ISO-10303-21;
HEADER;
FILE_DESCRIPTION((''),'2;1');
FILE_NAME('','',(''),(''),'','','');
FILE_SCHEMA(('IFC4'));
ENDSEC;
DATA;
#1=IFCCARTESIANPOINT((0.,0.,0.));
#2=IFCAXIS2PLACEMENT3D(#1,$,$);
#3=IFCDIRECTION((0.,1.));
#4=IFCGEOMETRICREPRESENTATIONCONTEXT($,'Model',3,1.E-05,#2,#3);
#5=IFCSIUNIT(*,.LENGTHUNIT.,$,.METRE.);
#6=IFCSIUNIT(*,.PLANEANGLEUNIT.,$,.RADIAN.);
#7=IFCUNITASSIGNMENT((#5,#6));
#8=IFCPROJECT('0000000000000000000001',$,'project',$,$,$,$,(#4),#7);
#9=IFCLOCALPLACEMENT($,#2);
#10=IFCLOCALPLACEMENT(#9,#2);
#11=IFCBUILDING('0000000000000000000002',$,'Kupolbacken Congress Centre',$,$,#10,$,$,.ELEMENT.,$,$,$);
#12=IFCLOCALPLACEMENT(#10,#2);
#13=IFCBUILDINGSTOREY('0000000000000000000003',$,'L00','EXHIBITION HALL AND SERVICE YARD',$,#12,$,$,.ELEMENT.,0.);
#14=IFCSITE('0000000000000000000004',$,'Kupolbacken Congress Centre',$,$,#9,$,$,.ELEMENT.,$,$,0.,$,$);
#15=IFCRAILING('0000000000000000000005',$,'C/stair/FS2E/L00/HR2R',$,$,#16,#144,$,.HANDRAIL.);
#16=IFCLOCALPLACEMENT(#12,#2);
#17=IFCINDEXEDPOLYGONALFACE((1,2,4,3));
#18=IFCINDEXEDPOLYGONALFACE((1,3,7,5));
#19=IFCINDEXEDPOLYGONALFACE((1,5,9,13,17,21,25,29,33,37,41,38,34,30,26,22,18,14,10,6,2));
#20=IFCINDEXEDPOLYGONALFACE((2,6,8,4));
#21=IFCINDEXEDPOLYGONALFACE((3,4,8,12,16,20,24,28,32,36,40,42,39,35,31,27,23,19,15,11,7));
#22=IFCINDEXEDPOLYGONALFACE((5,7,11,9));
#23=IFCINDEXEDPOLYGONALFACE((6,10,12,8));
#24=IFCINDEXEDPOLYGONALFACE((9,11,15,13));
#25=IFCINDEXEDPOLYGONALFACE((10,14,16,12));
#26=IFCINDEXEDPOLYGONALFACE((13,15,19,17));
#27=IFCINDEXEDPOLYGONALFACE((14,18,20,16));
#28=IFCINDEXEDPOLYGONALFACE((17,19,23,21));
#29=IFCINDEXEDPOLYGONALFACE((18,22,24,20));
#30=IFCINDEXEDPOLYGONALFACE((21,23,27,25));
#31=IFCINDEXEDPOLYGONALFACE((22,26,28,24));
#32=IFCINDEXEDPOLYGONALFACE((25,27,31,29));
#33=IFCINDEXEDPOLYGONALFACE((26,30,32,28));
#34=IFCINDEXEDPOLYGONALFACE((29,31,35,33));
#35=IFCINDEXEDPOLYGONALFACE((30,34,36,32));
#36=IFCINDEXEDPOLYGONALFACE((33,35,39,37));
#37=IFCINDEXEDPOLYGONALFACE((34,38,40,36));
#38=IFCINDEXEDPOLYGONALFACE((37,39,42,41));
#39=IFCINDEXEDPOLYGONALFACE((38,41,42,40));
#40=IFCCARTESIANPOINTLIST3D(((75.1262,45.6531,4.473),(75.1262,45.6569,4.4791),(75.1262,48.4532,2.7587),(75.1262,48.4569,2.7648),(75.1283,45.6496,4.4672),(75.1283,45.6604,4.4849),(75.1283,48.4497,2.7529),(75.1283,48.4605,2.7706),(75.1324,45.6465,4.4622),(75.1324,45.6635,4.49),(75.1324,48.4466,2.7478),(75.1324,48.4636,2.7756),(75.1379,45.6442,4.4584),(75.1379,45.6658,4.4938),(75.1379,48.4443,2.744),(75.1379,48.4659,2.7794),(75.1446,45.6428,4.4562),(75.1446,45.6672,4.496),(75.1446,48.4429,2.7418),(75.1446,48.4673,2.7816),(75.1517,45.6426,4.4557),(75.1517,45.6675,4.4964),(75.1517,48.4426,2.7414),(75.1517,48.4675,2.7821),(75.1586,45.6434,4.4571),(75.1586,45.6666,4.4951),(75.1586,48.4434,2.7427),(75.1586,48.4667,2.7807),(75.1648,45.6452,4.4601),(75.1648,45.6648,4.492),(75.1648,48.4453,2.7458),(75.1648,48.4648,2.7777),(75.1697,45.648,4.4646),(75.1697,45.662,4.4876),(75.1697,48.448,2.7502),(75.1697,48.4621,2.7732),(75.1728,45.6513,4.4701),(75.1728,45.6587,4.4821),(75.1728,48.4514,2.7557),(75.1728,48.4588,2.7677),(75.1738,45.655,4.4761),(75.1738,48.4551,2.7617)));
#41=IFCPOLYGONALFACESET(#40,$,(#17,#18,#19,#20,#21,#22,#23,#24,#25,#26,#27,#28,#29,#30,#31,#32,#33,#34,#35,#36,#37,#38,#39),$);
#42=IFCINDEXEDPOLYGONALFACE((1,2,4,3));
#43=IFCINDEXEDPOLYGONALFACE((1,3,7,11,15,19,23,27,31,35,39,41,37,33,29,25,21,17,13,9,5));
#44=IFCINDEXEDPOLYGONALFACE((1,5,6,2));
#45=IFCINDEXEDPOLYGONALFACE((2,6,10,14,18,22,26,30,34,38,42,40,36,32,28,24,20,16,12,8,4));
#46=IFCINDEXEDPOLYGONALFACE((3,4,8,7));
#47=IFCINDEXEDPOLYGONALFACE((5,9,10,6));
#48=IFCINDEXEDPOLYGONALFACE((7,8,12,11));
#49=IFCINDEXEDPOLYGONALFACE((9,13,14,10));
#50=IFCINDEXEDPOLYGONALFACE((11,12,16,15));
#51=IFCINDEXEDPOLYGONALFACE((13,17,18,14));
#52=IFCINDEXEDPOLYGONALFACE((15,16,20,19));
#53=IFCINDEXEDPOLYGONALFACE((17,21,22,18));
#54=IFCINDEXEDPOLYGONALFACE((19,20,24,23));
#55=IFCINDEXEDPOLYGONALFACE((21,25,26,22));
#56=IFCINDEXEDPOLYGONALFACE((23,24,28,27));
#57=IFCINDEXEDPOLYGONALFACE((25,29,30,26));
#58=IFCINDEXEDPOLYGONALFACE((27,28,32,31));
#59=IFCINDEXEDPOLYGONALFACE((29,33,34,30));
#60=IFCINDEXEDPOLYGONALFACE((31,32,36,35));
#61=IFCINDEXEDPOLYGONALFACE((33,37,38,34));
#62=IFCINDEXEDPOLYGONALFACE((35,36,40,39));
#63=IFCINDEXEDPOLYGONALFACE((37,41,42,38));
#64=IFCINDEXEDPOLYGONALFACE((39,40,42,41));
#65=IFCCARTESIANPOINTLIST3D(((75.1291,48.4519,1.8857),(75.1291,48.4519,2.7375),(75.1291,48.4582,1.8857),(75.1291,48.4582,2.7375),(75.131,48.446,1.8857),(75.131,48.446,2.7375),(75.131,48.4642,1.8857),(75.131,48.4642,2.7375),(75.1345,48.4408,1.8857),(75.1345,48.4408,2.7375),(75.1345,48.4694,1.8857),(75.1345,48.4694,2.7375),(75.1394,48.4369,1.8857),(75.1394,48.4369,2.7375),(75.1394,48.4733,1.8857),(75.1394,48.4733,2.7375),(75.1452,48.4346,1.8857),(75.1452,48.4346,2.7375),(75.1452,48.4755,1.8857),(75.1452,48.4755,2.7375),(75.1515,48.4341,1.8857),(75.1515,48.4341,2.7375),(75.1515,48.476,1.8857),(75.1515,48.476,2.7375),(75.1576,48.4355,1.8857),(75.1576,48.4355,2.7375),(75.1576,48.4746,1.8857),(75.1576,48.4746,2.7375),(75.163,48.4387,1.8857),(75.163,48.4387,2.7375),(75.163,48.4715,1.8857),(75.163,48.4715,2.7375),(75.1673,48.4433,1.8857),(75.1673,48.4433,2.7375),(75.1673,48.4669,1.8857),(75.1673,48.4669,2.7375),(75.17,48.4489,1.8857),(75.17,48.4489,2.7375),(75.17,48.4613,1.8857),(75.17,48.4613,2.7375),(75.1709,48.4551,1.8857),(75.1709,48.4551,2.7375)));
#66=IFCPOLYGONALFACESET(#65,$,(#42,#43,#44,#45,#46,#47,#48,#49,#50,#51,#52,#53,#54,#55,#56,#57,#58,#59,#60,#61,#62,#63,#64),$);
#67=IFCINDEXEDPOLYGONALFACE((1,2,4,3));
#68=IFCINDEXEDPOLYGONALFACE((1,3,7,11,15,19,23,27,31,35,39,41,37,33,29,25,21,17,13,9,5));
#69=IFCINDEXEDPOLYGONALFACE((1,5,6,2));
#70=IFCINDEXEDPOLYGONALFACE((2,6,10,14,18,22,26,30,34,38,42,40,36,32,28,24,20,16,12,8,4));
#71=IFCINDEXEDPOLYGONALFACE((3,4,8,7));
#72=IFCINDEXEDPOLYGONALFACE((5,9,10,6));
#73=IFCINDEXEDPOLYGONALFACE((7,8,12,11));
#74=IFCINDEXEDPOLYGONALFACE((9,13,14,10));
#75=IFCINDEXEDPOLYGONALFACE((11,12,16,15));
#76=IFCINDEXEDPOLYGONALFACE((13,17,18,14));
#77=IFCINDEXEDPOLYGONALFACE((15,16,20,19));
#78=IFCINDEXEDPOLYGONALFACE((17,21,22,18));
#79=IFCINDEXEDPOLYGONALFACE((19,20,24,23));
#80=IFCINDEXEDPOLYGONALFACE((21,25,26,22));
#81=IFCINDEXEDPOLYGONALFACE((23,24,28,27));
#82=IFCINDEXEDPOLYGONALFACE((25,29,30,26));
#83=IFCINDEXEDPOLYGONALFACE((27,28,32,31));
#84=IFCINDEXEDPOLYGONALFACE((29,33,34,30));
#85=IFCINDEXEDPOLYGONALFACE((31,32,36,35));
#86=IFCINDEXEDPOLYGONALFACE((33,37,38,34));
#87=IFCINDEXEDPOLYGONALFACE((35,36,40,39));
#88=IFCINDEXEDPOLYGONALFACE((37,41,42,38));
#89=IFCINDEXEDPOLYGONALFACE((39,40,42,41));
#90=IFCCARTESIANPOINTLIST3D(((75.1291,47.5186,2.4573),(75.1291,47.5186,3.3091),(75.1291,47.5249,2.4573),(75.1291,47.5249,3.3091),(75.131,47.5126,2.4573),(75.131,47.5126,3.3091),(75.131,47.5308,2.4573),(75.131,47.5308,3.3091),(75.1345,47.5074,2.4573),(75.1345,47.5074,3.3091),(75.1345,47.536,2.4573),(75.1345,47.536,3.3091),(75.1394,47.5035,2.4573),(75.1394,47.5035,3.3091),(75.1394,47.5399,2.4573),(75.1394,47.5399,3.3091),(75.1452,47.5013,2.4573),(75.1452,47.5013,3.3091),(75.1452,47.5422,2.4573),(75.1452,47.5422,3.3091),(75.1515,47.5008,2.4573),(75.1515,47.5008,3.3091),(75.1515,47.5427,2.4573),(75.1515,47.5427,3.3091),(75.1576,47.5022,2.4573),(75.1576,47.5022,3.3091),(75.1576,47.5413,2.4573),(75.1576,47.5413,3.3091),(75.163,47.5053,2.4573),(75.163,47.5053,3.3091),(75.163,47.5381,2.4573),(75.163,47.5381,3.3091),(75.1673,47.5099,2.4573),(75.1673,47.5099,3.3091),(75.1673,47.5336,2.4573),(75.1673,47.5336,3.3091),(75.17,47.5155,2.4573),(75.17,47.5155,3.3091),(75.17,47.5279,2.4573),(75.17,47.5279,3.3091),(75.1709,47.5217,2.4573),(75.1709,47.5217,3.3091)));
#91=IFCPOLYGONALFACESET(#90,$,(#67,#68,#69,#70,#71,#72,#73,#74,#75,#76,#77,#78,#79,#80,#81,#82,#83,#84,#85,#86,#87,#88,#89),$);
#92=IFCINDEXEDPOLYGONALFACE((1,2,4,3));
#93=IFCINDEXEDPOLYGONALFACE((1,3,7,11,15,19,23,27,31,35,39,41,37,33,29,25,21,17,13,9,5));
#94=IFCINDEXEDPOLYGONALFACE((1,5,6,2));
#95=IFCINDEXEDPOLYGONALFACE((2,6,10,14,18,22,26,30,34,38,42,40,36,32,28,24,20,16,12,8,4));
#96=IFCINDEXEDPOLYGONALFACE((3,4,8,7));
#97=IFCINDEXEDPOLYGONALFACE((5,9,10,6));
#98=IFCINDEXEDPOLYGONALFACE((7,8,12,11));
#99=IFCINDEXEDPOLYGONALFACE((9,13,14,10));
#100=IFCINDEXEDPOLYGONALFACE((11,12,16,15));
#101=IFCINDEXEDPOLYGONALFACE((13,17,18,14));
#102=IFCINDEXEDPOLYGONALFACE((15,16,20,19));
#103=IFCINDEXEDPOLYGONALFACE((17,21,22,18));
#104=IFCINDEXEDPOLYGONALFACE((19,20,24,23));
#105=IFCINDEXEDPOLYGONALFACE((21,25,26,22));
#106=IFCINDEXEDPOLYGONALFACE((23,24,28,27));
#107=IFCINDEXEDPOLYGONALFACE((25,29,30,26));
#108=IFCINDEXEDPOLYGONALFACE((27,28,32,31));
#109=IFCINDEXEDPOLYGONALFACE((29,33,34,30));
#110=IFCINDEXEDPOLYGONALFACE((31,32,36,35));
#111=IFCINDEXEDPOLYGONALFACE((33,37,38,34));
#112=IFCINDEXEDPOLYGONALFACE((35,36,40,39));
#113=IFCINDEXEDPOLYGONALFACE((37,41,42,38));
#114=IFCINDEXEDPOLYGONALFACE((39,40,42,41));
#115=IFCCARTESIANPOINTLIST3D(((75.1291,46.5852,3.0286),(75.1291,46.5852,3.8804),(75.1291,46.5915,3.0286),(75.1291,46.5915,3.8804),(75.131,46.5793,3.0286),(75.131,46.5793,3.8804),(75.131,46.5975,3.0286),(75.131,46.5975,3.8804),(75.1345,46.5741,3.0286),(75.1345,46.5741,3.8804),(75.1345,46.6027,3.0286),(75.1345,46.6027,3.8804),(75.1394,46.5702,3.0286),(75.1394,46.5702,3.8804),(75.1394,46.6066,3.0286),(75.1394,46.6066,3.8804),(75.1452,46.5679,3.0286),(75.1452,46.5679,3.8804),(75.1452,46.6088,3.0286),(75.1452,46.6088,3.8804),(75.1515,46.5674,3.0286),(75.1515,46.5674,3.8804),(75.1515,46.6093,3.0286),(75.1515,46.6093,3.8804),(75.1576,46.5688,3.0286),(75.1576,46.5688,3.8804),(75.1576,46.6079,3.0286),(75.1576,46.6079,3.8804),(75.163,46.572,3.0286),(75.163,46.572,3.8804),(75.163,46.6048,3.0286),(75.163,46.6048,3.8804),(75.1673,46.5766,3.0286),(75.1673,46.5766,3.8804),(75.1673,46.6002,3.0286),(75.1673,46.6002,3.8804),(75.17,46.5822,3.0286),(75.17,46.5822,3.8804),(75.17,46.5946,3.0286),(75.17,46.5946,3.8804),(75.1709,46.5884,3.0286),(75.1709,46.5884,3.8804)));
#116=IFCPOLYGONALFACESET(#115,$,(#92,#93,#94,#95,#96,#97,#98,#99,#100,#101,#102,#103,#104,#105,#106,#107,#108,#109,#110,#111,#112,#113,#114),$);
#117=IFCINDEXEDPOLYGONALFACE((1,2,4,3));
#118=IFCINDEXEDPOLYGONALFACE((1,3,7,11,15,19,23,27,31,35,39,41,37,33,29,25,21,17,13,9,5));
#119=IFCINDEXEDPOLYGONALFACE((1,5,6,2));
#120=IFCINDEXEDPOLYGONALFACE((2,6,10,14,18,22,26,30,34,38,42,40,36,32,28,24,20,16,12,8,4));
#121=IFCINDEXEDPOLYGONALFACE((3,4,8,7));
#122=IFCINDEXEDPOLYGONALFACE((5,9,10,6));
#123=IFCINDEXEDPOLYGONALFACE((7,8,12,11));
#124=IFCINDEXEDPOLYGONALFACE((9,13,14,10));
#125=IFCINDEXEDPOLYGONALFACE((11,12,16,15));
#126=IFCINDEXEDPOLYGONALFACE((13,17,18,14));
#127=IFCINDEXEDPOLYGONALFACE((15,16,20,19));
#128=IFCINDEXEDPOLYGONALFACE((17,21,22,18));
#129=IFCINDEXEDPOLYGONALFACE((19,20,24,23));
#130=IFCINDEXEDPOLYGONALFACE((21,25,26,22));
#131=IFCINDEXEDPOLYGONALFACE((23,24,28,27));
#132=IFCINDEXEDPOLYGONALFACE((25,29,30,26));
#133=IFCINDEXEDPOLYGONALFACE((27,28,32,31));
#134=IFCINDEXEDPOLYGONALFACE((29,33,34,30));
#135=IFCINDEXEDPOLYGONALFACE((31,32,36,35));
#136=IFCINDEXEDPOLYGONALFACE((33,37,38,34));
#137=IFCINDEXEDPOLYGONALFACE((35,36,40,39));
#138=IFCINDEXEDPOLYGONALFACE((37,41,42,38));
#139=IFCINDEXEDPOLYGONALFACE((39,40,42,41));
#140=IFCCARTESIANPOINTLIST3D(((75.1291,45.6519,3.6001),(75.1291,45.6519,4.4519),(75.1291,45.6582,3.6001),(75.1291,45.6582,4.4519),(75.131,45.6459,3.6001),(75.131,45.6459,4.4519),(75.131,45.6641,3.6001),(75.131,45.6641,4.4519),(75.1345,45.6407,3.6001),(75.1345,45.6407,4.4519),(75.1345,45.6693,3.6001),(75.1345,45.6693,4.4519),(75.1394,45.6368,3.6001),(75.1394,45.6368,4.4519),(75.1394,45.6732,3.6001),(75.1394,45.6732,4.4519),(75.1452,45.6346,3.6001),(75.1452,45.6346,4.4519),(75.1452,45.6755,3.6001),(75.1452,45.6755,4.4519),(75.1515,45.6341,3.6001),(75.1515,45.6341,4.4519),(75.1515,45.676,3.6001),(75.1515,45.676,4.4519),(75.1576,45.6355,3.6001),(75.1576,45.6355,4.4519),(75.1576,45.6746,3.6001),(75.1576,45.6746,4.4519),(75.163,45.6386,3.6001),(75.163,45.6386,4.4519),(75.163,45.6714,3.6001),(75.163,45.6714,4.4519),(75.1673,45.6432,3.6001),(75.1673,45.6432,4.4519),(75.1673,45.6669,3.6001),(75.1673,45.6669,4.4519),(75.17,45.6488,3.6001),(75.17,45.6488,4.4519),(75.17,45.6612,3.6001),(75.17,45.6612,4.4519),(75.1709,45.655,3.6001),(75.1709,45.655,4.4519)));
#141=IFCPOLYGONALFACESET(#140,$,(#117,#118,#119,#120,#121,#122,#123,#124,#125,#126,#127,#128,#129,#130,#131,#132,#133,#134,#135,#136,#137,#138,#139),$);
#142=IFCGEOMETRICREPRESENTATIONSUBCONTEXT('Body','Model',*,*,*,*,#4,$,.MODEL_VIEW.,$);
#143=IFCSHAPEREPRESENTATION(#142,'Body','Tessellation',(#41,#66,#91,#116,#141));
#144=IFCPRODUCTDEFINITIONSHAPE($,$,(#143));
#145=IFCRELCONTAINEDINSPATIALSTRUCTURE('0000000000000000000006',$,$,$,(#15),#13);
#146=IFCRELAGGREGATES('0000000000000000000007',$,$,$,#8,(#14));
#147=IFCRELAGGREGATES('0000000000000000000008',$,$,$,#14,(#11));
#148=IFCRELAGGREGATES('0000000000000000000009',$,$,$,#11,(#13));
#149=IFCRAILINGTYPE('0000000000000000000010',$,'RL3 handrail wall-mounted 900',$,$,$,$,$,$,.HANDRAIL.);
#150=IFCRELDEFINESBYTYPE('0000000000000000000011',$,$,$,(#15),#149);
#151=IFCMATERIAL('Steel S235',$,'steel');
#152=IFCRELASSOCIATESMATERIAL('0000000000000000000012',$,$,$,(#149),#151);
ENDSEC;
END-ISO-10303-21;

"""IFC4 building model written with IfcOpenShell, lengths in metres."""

from ifc_helpers import new_model, si_unit, direction, frame, origin, origin_2d, place, context, subcontext, project, spatial, circle, extrude, material, type_object, element, save


model = new_model("IFC4")

# Units and contexts
model_context = context("Model", 3, precision=1e-05, world=origin(), true_north=direction((0.0, 1.0)))
body_context = subcontext(model_context, "Body", "Model", "MODEL_VIEW")
ifc_project = project(units=[si_unit("LENGTHUNIT", "METRE"), si_unit("PLANEANGLEUNIT", "RADIAN")], contexts=[model_context])

# Site, building, storey
site_placement = place(None, origin())
site = spatial("IfcSite", under=ifc_project, at=site_placement, Name="Kupolbacken Congress Centre", CompositionType="ELEMENT", RefElevation=0.0)
building_placement = place(site_placement, origin())
building = spatial("IfcBuilding", under=site, at=building_placement, Name="Kupolbacken Congress Centre", CompositionType="ELEMENT")
storey_placement = place(building_placement, origin())
storey = spatial("IfcBuildingStorey", under=building, at=storey_placement, Name="L00", Description="EXHIBITION HALL AND SERVICE YARD", CompositionType="ELEMENT", Elevation=0.0)

# Railing
ifc_material_1 = material(Name="Steel S235", Category="steel")
railing_type = type_object("IfcRailingType", Name="RL3 handrail wall-mounted 900", PredefinedType="HANDRAIL", material=ifc_material_1)
for number, where, name in (
    (1, (75.1499, 48.4551, 1.8857), "C/stair/FS2E/L00/HR2R"),
):
    element("IfcRailing", number, at=place(storey_placement, frame(where)), inside=storey, type_object=railing_type, Name=name, PredefinedType="HANDRAIL", context=body_context, shape_type="SweptSolid", body=[
        extrude(circle(Radius=0.0239, at=origin_2d()), frame((0.0, 0.0, 0.876), z_axis=(0.0, -0.852846, 0.522163), x_axis=(1.0, 0.0, 0.0)), (0.0, 0.0, 1.0), 3.2832),
        extrude(circle(Radius=0.021, at=origin_2d()), origin(), (0.0, 0.0, 1.0), 0.8518),
        extrude(circle(Radius=0.021, at=origin_2d()), frame((0.0, -0.9333, 0.5715)), (0.0, 0.0, 1.0), 0.8518),
        extrude(circle(Radius=0.021, at=origin_2d()), frame((0.0, -1.8667, 1.1428)), (0.0, 0.0, 1.0), 0.8518),
        extrude(circle(Radius=0.021, at=origin_2d()), frame((0.0, -2.8, 1.7144)), (0.0, 0.0, 1.0), 0.8518),
    ])

save(model, "model.ifc")
